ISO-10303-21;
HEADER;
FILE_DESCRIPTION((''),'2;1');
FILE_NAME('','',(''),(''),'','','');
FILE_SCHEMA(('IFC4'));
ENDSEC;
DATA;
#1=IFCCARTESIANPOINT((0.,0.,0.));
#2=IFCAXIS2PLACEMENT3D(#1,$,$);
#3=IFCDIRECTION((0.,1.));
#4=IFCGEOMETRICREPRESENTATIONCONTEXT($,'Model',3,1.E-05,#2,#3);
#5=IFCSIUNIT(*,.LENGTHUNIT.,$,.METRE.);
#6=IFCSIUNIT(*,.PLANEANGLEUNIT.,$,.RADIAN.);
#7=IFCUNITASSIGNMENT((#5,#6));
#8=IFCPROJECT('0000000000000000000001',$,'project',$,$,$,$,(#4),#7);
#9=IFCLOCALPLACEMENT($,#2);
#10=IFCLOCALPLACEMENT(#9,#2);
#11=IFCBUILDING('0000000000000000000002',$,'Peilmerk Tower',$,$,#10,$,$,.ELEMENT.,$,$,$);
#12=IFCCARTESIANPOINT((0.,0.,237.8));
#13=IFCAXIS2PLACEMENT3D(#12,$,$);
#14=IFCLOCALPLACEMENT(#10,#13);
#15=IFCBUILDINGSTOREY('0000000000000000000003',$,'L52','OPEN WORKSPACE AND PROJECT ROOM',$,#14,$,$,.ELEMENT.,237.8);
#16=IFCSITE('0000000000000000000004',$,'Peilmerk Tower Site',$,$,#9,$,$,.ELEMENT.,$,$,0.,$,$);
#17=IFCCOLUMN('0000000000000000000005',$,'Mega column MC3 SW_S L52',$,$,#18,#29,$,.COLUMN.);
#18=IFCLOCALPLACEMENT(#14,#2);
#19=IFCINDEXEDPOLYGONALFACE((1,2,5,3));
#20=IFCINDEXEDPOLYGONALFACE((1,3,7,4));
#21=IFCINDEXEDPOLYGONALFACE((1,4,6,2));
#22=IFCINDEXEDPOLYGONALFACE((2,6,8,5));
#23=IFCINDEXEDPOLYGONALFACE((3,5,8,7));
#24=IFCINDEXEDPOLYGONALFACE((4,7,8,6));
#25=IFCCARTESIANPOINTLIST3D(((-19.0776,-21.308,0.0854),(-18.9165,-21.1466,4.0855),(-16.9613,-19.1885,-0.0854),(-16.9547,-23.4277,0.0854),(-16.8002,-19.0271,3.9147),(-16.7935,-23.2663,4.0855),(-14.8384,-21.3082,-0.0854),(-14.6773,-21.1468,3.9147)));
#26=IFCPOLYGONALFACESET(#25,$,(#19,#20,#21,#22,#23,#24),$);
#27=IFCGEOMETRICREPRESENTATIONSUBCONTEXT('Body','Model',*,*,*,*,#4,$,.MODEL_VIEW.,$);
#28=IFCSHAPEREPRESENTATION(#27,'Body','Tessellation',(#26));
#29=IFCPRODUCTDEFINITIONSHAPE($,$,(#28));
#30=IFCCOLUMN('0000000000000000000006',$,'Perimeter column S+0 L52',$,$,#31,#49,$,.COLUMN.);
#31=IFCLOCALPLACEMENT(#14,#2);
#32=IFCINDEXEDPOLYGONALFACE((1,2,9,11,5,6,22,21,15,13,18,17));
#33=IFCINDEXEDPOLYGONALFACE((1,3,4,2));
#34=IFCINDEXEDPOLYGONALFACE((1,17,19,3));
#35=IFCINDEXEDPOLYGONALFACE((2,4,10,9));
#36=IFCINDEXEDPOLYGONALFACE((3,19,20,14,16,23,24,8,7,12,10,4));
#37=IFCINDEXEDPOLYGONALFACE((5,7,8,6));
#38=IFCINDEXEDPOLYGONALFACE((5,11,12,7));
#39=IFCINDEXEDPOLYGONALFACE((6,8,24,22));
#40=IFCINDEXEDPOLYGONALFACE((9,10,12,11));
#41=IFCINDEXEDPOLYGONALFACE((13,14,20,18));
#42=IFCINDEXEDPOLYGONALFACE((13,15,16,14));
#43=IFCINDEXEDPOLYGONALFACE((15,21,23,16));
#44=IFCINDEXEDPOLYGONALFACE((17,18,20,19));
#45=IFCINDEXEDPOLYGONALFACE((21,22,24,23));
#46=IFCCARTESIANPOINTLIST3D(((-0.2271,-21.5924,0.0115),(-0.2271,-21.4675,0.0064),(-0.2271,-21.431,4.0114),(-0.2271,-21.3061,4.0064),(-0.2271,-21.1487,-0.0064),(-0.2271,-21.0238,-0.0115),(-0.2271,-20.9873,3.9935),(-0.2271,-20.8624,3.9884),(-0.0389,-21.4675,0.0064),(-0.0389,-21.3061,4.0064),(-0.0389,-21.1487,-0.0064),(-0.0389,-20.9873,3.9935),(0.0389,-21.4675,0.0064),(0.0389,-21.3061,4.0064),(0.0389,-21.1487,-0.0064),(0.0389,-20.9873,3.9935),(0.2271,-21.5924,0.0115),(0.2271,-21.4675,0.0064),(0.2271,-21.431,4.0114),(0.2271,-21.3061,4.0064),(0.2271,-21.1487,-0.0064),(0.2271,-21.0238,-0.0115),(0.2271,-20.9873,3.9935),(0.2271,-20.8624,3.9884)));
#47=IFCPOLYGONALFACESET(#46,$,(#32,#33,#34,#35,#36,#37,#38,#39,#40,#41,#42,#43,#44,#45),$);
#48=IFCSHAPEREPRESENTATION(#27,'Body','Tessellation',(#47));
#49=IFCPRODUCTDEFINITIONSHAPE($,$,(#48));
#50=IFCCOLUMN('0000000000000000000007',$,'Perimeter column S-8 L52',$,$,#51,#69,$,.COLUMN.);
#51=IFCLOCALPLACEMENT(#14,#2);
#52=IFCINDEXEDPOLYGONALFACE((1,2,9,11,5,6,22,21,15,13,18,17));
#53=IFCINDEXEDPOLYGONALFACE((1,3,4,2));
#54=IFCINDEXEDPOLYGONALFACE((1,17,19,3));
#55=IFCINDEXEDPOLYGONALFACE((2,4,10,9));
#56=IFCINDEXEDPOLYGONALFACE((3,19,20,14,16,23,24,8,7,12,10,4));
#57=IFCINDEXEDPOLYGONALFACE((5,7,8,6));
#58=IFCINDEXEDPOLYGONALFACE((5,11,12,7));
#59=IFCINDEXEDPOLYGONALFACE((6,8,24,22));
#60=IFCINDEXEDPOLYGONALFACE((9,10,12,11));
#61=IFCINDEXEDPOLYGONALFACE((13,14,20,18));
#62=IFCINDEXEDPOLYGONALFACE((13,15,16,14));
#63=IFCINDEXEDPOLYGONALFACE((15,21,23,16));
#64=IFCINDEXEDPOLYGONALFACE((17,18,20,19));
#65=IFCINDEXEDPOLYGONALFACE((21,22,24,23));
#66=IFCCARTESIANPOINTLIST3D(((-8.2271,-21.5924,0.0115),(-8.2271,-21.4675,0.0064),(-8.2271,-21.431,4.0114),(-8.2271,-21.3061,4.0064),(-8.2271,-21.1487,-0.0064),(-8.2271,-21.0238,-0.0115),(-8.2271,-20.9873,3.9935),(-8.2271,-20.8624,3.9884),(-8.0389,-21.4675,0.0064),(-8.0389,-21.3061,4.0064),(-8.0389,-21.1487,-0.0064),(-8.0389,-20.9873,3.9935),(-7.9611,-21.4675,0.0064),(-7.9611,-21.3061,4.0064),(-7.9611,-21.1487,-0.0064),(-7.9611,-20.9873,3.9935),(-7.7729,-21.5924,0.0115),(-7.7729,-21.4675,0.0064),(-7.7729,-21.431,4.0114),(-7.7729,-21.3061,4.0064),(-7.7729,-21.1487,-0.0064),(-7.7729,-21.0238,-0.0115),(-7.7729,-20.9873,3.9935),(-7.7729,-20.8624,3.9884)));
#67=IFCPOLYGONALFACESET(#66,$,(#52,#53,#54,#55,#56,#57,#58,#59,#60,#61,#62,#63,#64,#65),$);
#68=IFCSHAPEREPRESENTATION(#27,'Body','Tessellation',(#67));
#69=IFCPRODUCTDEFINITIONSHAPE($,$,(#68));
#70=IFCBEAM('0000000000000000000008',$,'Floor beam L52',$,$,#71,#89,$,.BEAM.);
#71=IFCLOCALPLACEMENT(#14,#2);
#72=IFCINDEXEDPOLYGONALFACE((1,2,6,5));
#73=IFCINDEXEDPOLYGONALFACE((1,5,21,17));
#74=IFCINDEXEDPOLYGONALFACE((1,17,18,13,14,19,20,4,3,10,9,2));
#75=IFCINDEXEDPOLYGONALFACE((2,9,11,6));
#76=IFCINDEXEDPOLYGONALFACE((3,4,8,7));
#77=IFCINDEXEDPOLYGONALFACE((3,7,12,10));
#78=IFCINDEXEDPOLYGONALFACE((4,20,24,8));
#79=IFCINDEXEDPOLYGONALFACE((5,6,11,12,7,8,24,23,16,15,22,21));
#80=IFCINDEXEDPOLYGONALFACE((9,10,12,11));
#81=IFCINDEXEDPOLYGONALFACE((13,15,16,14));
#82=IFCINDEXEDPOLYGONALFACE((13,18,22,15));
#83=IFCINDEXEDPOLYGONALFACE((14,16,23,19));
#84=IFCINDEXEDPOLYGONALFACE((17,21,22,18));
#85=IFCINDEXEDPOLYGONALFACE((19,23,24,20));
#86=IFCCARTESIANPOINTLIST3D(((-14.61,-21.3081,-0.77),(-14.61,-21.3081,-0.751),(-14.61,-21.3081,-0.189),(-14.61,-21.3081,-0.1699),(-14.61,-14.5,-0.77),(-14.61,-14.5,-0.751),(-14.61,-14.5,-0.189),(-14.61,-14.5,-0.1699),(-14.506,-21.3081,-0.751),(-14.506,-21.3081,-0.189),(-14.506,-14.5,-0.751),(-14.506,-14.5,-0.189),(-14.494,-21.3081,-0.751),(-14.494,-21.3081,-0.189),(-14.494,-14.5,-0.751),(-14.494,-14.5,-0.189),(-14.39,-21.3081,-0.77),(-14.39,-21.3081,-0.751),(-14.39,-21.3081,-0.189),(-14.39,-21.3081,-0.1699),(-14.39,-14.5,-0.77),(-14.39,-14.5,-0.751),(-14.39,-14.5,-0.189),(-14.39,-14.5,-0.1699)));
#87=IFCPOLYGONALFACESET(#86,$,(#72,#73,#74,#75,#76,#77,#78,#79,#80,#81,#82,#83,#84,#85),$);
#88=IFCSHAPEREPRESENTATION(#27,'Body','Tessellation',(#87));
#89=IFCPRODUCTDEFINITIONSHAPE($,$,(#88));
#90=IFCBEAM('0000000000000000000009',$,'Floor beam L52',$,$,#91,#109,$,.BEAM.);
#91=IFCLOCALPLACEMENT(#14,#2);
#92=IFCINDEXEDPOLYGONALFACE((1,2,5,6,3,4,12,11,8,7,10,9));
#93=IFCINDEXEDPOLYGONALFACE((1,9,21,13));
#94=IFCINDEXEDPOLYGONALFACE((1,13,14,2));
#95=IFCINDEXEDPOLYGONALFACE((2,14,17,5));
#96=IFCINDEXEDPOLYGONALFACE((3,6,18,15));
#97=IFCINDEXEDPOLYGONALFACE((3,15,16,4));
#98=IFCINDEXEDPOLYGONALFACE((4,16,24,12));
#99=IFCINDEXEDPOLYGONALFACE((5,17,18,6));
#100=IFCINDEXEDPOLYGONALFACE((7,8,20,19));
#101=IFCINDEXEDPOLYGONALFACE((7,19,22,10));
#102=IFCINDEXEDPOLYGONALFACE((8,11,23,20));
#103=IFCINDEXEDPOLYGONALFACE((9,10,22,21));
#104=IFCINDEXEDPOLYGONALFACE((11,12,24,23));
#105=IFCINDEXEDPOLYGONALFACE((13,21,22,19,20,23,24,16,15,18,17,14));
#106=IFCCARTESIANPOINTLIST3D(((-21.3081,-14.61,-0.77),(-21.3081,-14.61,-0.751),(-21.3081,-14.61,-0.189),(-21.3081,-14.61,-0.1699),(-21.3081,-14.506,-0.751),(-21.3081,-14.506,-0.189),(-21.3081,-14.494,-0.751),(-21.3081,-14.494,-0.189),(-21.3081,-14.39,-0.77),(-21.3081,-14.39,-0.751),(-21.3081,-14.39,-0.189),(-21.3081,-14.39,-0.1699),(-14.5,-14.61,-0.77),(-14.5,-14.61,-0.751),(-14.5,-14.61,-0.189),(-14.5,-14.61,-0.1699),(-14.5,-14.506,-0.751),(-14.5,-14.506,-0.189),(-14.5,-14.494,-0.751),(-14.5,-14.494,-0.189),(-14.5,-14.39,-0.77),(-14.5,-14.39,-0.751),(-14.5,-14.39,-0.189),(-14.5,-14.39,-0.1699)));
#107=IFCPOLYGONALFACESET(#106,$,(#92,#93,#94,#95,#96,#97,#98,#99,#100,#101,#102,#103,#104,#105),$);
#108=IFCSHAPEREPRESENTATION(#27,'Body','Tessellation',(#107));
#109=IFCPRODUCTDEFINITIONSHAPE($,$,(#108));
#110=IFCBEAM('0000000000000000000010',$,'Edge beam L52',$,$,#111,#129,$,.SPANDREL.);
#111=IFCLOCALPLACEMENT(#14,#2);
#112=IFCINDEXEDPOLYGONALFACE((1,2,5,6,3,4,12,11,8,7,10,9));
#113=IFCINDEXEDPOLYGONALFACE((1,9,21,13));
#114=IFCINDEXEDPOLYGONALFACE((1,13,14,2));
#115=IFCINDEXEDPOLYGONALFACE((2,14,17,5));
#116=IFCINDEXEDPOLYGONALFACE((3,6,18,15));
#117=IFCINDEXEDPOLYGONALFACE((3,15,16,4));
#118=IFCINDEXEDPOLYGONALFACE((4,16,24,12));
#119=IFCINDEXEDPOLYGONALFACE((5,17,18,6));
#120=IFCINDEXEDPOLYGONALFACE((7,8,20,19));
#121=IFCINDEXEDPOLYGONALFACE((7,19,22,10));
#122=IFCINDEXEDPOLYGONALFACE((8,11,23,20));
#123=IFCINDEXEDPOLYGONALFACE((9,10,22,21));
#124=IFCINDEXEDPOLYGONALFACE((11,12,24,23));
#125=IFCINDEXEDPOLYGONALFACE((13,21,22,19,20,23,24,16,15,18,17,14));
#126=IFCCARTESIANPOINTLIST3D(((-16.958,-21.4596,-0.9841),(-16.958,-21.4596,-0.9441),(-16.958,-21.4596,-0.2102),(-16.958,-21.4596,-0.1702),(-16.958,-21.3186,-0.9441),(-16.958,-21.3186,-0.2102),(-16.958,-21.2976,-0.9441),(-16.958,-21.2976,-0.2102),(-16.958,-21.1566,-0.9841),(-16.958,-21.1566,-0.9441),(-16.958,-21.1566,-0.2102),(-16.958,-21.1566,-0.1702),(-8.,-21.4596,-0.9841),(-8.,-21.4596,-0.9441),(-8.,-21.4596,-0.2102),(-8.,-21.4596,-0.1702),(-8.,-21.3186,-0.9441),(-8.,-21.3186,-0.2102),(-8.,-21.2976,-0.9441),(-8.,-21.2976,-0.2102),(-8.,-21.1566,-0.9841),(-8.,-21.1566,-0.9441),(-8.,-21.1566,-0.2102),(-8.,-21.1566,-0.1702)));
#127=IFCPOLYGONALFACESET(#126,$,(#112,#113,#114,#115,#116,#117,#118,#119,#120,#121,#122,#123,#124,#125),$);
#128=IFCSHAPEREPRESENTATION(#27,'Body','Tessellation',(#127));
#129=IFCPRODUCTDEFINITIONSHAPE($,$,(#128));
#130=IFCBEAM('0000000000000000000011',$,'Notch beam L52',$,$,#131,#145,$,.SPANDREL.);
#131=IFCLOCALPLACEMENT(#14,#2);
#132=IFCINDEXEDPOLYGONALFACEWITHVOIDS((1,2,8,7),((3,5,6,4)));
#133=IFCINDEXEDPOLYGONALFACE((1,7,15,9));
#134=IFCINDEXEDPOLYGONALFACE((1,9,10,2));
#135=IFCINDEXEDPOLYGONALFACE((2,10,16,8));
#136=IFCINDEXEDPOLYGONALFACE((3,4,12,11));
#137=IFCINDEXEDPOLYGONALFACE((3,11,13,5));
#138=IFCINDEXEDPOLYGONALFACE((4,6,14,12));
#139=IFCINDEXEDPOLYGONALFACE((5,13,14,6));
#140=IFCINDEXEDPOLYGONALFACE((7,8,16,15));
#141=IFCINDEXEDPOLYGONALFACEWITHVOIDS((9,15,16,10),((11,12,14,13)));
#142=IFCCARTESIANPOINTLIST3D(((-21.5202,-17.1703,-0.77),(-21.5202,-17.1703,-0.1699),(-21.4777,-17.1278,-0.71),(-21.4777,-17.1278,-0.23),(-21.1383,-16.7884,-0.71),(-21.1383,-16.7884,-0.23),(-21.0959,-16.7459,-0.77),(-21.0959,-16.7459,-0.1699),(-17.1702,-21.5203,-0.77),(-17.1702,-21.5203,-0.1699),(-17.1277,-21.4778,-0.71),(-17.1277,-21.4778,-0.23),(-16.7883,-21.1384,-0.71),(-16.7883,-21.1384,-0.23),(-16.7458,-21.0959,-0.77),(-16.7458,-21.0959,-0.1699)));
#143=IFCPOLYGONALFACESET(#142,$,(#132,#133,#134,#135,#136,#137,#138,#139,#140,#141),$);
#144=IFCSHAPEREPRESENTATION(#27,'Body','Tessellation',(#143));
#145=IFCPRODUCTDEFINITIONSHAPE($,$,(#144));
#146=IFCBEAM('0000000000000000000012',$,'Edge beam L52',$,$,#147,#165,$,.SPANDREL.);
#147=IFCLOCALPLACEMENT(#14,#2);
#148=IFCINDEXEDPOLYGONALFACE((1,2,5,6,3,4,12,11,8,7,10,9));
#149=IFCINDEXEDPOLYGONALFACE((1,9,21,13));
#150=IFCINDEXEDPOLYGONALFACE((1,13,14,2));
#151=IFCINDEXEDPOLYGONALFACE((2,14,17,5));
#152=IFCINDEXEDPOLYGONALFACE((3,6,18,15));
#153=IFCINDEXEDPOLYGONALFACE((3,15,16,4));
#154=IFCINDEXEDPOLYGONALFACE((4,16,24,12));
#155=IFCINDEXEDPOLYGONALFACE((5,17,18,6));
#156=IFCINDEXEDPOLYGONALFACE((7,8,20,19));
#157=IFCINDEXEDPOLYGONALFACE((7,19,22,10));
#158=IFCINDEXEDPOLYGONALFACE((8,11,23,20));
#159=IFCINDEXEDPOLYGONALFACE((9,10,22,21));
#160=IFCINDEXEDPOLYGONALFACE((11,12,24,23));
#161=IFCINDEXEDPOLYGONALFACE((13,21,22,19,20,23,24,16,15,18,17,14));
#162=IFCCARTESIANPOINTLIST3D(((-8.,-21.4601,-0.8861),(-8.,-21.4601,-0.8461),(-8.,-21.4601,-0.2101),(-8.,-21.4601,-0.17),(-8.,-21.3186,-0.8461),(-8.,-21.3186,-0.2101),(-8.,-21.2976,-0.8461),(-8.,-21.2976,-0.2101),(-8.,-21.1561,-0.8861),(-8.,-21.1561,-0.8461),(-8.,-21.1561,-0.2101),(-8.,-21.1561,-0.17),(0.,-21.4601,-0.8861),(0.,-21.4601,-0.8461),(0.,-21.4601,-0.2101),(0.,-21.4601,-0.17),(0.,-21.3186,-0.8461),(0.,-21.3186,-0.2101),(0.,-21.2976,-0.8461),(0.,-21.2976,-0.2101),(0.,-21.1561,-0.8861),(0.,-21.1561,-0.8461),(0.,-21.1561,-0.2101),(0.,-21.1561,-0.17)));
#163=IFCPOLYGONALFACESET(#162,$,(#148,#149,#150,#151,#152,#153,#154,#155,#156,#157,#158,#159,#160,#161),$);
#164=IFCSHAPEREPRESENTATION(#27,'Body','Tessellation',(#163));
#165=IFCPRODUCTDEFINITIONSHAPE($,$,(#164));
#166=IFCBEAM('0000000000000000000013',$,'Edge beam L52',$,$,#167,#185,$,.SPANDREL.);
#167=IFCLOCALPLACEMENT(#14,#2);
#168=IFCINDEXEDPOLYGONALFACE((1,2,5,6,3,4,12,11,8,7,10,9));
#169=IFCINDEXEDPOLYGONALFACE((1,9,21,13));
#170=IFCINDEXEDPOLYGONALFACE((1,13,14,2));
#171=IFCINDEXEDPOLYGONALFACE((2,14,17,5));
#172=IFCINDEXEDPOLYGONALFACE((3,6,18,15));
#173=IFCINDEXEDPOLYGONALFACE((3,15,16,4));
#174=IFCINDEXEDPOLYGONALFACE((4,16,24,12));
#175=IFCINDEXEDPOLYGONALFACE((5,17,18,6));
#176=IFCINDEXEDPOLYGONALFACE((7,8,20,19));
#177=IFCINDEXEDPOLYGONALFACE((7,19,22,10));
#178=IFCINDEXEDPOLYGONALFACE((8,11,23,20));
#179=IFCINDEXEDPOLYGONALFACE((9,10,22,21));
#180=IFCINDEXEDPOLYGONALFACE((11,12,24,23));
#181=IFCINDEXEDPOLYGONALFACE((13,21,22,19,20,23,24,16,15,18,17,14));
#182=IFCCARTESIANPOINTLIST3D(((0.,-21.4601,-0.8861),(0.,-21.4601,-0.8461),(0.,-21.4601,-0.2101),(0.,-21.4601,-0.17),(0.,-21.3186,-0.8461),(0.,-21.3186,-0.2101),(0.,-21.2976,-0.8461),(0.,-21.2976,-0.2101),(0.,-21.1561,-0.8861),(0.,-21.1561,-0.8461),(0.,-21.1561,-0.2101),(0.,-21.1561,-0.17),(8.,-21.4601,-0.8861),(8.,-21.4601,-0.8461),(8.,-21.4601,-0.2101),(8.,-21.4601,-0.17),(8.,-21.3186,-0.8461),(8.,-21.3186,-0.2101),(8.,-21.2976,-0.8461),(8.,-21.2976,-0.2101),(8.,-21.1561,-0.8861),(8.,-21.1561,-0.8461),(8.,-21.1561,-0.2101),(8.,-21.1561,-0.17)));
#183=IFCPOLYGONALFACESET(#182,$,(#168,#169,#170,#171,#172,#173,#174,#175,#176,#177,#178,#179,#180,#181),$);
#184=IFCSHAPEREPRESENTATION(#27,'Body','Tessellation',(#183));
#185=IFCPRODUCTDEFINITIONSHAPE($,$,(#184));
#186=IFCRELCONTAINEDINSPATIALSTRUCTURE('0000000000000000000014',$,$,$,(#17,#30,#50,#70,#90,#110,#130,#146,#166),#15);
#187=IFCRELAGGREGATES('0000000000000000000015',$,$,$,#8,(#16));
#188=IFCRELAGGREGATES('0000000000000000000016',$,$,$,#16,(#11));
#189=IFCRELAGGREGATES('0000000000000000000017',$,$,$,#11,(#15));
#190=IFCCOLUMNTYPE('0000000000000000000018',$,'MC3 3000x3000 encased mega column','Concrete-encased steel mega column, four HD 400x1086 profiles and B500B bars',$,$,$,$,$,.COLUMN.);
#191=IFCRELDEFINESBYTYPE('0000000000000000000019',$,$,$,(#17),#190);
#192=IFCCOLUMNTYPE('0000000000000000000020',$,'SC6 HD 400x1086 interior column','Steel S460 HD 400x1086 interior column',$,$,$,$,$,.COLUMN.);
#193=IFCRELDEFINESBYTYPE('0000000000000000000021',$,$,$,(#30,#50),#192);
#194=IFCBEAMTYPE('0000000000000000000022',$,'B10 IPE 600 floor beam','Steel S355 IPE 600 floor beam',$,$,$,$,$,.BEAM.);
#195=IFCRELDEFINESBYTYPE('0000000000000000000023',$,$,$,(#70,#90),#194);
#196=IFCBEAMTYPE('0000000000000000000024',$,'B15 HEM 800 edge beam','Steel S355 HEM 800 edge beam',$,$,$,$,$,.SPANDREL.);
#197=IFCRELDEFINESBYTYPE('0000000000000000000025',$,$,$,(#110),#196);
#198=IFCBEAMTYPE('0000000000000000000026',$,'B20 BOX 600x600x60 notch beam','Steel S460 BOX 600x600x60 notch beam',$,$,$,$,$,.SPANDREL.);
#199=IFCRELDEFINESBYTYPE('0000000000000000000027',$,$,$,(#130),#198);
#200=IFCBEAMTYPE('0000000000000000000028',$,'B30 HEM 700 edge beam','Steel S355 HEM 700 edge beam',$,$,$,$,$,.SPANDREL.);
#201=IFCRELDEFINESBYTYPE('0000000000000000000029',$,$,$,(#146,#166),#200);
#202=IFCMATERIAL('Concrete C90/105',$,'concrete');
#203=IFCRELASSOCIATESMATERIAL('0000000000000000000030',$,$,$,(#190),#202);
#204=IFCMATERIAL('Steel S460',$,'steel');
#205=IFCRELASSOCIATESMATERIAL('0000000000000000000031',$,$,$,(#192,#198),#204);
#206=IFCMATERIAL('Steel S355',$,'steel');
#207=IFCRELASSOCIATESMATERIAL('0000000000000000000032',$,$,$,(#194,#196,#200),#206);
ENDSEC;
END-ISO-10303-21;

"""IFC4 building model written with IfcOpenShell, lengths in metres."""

from ifc_helpers import new_model, si_unit, direction, frame, origin, origin_2d, place, context, subcontext, project, spatial, rectangle, hollow_rectangle, i_section, extrude, material, material_profile, profile_set, type_object, element, save


model = new_model("IFC4")

# Units and contexts
model_context = context("Model", 3, precision=1e-05, world=origin(), true_north=direction((0.0, 1.0)))
body_context = subcontext(model_context, "Body", "Model", "MODEL_VIEW")
ifc_project = project(units=[si_unit("LENGTHUNIT", "METRE"), si_unit("PLANEANGLEUNIT", "RADIAN")], contexts=[model_context])

# Site, building, storey
site_placement = place(None, origin())
site = spatial("IfcSite", under=ifc_project, at=site_placement, Name="Peilmerk Tower Site", CompositionType="ELEMENT", RefElevation=0.0)
building_placement = place(site_placement, origin())
building = spatial("IfcBuilding", under=site, at=building_placement, Name="Peilmerk Tower", CompositionType="ELEMENT")
storey_placement = place(building_placement, frame((0.0, 0.0, 237.8)))
storey = spatial("IfcBuildingStorey", under=building, at=storey_placement, Name="L52", Description="OPEN WORKSPACE AND PROJECT ROOM", CompositionType="ELEMENT", Elevation=237.8)

# Columns
ifc_material_1 = material(Name="Concrete C90/105", Category="concrete")
ifc_material_profile_1 = material_profile(ifc_material_1, rectangle(XDim=3.0, YDim=3.0, at=origin_2d()), Name="RC 3000x3000")
ifc_profile_set_1 = profile_set([ifc_material_profile_1], Name="Concrete C90/105")
column_type_1 = type_object("IfcColumnType", Name="MC3 3000x3000 encased mega column", Description="Concrete-encased steel mega column, four HD 400x1086 profiles and B500B bars", PredefinedType="COLUMN", material=ifc_profile_set_1)
column_placement = place(storey_placement, frame((-16.958, -21.3081, 0.0), z_axis=(0.040218, 0.040279, 0.998379), x_axis=(-0.707642, 0.706571, 0.0)))
element("IfcColumn", 1, at=column_placement, inside=storey, type_object=column_type_1, Name="Mega column MC3 SW_S L52", PredefinedType="COLUMN", context=body_context, shape_type="SweptSolid", body=[
    extrude(rectangle(XDim=3.0, YDim=3.0, at=origin_2d()), origin(), (0.0, 0.0, 1.0), 4.0066),
])
ifc_material_2 = material(Name="Steel S460", Category="steel")
ifc_material_profile_2 = material_profile(ifc_material_2, i_section(OverallWidth=0.4541, OverallDepth=0.5691, WebThickness=0.0779, FlangeThickness=0.125, at=origin_2d()), Name="HD 400x1086")
ifc_profile_set_2 = profile_set([ifc_material_profile_2], Name="Steel S460")
column_type_2 = type_object("IfcColumnType", Name="SC6 HD 400x1086 interior column", Description="Steel S460 HD 400x1086 interior column", PredefinedType="COLUMN", material=ifc_profile_set_2)
for number, where, z_axis, x_axis, name in (
    (2, (0.0, -21.3081, 0.0), (0.0, 0.040311, 0.999187), (-1.0, 0.0, 0.0), "Perimeter column S+0 L52"),
    (3, (-8.0, -21.3081, 0.0), (0.0, 0.040311, 0.999187), (-1.0, 0.0, 0.0), "Perimeter column S-8 L52"),
):
    element("IfcColumn", number, at=place(storey_placement, frame(where, z_axis=z_axis, x_axis=x_axis)), inside=storey, type_object=column_type_2, Name=name, PredefinedType="COLUMN", context=body_context, shape_type="SweptSolid", body=[
        extrude(i_section(OverallWidth=0.4541, OverallDepth=0.5691, WebThickness=0.0779, FlangeThickness=0.125, at=origin_2d()), origin(), (0.0, 0.0, 1.0), 4.0032),
    ])

# Beams
ifc_material_3 = material(Name="Steel S355", Category="steel")
ifc_material_profile_3 = material_profile(ifc_material_3, i_section(OverallWidth=0.22, OverallDepth=0.6001, WebThickness=0.012, FlangeThickness=0.019, at=origin_2d()), Name="IPE 600")
ifc_profile_set_3 = profile_set([ifc_material_profile_3], Name="Steel S355")
beam_type_1 = type_object("IfcBeamType", Name="B10 IPE 600 floor beam", Description="Steel S355 IPE 600 floor beam", PredefinedType="BEAM", material=ifc_profile_set_3)
for number, where, z_axis, x_axis, name in (
    (4, (-14.5, -14.5, -0.47), (0.0, -1.0, 0.0), (1.0, 0.0, 0.0), "Floor beam L52"),
    (5, (-14.5, -14.5, -0.47), (-1.0, 0.0, 0.0), (0.0, -1.0, 0.0), "Floor beam L52"),
):
    element("IfcBeam", number, at=place(storey_placement, frame(where, z_axis=z_axis, x_axis=x_axis)), inside=storey, type_object=beam_type_1, Name=name, PredefinedType="BEAM", context=body_context, shape_type="SweptSolid", body=[
        extrude(i_section(OverallWidth=0.22, OverallDepth=0.6001, WebThickness=0.012, FlangeThickness=0.019, at=origin_2d()), origin(), (0.0, 0.0, 1.0), 6.8081),
    ])
ifc_material_profile_4 = material_profile(ifc_material_3, i_section(OverallWidth=0.303, OverallDepth=0.814, WebThickness=0.021, FlangeThickness=0.04, at=origin_2d()), Name="HEM 800")
ifc_profile_set_4 = profile_set([ifc_material_profile_4], Name="Steel S355")
beam_type_2 = type_object("IfcBeamType", Name="B15 HEM 800 edge beam", Description="Steel S355 HEM 800 edge beam", PredefinedType="SPANDREL", material=ifc_profile_set_4)
beam_1_placement = place(storey_placement, frame((-16.958, -21.3081, -0.5771), z_axis=(1.0, 0.0, 0.0), x_axis=(0.0, 1.0, 0.0)))
element("IfcBeam", 6, at=beam_1_placement, inside=storey, type_object=beam_type_2, Name="Edge beam L52", PredefinedType="SPANDREL", context=body_context, shape_type="SweptSolid", body=[
    extrude(i_section(OverallWidth=0.303, OverallDepth=0.814, WebThickness=0.021, FlangeThickness=0.04, at=origin_2d()), origin(), (0.0, 0.0, 1.0), 8.958),
])
ifc_material_profile_5 = material_profile(ifc_material_2, hollow_rectangle(XDim=0.6001, YDim=0.6001, WallThickness=0.0601, at=origin_2d()), Name="BOX 600x600x60")
ifc_profile_set_5 = profile_set([ifc_material_profile_5], Name="Steel S460")
beam_type_3 = type_object("IfcBeamType", Name="B20 BOX 600x600x60 notch beam", Description="Steel S460 BOX 600x600x60 notch beam", PredefinedType="SPANDREL", material=ifc_profile_set_5)
beam_2_placement = place(storey_placement, frame((-16.958, -21.3081, -0.47), z_axis=(-0.707107, 0.707107, 0.0), x_axis=(-0.707107, -0.707107, 0.0)))
element("IfcBeam", 7, at=beam_2_placement, inside=storey, type_object=beam_type_3, Name="Notch beam L52", PredefinedType="SPANDREL", context=body_context, shape_type="SweptSolid", body=[
    extrude(hollow_rectangle(XDim=0.6001, YDim=0.6001, WallThickness=0.0601, at=origin_2d()), origin(), (0.0, 0.0, 1.0), 6.1519),
])
ifc_material_profile_6 = material_profile(ifc_material_3, i_section(OverallWidth=0.304, OverallDepth=0.7161, WebThickness=0.021, FlangeThickness=0.04, at=origin_2d()), Name="HEM 700")
ifc_profile_set_6 = profile_set([ifc_material_profile_6], Name="Steel S355")
beam_type_4 = type_object("IfcBeamType", Name="B30 HEM 700 edge beam", Description="Steel S355 HEM 700 edge beam", PredefinedType="SPANDREL", material=ifc_profile_set_6)
for number, where, z_axis, x_axis, name in (
    (8, (-8.0, -21.3081, -0.5281), (1.0, 0.0, 0.0), (0.0, 1.0, 0.0), "Edge beam L52"),
    (9, (0.0, -21.3081, -0.5281), (1.0, 0.0, 0.0), (0.0, 1.0, 0.0), "Edge beam L52"),
):
    element("IfcBeam", number, at=place(storey_placement, frame(where, z_axis=z_axis, x_axis=x_axis)), inside=storey, type_object=beam_type_4, Name=name, PredefinedType="SPANDREL", context=body_context, shape_type="SweptSolid", body=[
        extrude(i_section(OverallWidth=0.304, OverallDepth=0.7161, WebThickness=0.021, FlangeThickness=0.04, at=origin_2d()), origin(), (0.0, 0.0, 1.0), 8.0),
    ])

save(model, "model.ifc")
